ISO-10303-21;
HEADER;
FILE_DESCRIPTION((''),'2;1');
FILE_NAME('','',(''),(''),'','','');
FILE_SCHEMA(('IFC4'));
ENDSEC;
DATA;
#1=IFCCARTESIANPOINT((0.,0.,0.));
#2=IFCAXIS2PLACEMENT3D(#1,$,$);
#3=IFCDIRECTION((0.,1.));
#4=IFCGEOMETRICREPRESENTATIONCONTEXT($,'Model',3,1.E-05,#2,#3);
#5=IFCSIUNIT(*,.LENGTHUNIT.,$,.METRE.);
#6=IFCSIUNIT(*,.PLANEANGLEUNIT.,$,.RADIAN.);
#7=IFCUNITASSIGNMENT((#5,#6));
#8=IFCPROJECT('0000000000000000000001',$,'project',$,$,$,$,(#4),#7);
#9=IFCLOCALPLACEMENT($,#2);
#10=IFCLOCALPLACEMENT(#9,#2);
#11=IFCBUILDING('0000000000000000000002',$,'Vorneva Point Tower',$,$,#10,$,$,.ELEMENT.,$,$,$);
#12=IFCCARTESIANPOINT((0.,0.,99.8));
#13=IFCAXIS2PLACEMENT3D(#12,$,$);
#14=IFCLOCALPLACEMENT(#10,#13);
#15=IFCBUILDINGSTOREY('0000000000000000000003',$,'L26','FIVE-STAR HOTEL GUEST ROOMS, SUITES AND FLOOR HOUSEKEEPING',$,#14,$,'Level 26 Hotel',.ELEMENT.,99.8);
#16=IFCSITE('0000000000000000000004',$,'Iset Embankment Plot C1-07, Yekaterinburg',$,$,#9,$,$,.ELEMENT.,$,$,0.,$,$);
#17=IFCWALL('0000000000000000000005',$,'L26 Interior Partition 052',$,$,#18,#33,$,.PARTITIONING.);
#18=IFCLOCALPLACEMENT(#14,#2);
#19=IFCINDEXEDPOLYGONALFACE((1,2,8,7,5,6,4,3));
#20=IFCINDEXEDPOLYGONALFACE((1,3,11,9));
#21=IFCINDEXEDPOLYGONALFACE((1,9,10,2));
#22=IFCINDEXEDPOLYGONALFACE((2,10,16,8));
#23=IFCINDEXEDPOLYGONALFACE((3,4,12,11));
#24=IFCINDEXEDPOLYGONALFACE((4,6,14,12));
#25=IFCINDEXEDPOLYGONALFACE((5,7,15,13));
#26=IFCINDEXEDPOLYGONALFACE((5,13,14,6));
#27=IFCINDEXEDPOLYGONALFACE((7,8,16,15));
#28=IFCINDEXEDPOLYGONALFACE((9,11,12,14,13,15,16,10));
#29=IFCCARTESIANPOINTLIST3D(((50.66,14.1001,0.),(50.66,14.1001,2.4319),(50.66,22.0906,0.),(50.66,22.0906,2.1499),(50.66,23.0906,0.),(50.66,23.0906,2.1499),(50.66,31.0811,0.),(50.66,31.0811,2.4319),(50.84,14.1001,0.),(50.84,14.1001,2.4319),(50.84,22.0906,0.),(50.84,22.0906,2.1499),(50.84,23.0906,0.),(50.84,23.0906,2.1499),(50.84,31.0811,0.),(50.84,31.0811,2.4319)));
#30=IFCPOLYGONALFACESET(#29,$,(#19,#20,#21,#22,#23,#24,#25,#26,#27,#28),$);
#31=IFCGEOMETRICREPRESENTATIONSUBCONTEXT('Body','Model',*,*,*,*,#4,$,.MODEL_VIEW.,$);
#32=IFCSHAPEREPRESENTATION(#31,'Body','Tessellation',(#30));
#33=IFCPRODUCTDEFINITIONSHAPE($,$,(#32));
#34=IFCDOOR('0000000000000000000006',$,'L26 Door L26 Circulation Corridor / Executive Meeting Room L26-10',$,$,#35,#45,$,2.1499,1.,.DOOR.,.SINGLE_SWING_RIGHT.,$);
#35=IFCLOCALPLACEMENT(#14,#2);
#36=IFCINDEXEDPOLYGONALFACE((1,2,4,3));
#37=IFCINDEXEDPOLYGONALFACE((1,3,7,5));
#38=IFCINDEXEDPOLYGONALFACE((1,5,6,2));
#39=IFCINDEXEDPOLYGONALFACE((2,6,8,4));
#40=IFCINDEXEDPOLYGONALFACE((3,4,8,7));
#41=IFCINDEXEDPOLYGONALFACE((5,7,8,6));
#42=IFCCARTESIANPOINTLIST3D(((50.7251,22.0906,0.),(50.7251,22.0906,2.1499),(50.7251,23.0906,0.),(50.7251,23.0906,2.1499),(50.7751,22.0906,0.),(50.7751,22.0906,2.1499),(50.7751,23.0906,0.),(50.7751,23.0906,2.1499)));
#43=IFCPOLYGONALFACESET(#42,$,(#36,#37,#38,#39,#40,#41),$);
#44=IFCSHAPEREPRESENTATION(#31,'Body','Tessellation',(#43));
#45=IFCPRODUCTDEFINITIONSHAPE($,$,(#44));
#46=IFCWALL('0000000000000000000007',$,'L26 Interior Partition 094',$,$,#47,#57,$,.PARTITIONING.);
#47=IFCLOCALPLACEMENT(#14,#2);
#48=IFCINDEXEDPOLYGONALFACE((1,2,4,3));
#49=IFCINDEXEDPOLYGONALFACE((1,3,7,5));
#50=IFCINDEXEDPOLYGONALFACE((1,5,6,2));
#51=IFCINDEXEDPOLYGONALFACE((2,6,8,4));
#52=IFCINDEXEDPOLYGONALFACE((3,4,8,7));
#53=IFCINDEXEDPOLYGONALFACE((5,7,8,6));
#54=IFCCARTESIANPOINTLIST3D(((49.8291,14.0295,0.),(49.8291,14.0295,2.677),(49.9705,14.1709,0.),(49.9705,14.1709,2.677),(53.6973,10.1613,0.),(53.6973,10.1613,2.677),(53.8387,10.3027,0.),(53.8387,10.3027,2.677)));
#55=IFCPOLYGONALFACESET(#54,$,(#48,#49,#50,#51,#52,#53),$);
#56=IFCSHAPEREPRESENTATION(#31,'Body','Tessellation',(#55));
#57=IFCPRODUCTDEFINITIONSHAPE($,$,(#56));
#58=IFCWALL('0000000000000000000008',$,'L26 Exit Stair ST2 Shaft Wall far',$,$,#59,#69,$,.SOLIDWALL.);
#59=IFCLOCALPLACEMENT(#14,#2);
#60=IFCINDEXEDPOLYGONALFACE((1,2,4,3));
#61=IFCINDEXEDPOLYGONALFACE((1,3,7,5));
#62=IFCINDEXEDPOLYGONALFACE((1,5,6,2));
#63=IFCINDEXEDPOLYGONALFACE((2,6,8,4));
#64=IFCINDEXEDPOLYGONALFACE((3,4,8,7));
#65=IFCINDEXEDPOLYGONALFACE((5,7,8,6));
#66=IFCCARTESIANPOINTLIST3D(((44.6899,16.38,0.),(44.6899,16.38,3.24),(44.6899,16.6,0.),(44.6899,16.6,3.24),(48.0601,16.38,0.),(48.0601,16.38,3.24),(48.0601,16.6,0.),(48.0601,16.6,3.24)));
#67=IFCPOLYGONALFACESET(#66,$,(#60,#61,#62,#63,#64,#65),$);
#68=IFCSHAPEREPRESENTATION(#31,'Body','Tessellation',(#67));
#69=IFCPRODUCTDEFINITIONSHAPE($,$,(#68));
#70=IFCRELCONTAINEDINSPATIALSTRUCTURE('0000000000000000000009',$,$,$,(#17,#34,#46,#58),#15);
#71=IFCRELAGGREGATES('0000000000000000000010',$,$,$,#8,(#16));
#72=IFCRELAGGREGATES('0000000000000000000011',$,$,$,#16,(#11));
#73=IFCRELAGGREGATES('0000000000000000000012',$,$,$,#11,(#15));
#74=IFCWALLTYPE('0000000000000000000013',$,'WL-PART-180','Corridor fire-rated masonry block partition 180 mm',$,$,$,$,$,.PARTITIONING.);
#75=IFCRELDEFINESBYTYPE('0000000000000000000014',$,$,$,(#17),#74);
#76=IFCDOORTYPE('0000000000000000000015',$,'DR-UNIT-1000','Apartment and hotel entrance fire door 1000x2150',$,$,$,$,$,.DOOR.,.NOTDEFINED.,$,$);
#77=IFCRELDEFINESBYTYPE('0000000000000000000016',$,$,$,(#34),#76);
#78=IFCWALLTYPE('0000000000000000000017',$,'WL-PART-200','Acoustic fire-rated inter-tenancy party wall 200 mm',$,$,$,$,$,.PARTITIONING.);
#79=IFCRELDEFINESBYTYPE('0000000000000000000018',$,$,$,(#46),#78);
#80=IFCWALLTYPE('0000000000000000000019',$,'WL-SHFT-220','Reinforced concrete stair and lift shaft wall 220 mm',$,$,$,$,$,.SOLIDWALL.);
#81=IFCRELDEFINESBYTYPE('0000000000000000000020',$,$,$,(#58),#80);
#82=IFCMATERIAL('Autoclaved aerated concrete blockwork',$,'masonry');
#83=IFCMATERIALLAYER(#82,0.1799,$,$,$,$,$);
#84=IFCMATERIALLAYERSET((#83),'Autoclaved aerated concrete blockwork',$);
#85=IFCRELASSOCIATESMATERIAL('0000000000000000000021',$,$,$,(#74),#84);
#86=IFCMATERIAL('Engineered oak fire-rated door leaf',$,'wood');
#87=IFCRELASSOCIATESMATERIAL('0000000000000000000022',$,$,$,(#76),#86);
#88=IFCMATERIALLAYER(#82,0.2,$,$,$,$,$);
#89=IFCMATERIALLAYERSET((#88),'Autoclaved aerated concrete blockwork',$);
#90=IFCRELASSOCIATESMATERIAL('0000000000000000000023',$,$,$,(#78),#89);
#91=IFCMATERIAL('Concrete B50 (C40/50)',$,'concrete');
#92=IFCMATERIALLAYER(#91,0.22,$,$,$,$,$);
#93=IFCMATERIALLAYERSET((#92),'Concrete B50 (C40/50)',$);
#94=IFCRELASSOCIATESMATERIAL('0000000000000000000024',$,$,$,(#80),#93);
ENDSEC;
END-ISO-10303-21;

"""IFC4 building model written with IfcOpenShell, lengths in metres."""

from ifc_helpers import new_model, si_unit, direction, frame, frame_2d, origin, place, context, subcontext, project, spatial, rectangle, extrude, material, layer, layer_set, type_object, element, fill, save


model = new_model("IFC4")

# Units and contexts
model_context = context("Model", 3, precision=1e-05, world=origin(), true_north=direction((0.0, 1.0)))
body_context = subcontext(model_context, "Body", "Model", "MODEL_VIEW")
ifc_project = project(units=[si_unit("LENGTHUNIT", "METRE"), si_unit("PLANEANGLEUNIT", "RADIAN")], contexts=[model_context])

# Site, building, storey
site_placement = place(None, origin())
site = spatial("IfcSite", under=ifc_project, at=site_placement, Name="Iset Embankment Plot C1-07, Yekaterinburg", CompositionType="ELEMENT", RefElevation=0.0)
building_placement = place(site_placement, origin())
building = spatial("IfcBuilding", under=site, at=building_placement, Name="Vorneva Point Tower", CompositionType="ELEMENT")
storey_placement = place(building_placement, frame((0.0, 0.0, 99.8)))
storey = spatial("IfcBuildingStorey", under=building, at=storey_placement, Name="L26", Description="FIVE-STAR HOTEL GUEST ROOMS, SUITES AND FLOOR HOUSEKEEPING", LongName="Level 26 Hotel", CompositionType="ELEMENT", Elevation=99.8)

# Shared definitions
ifc_material_1 = material(Name="Autoclaved aerated concrete blockwork", Category="masonry")
ifc_layer_1 = layer(ifc_material_1, 0.1799)
ifc_layer_set_1 = layer_set([ifc_layer_1], Name="Autoclaved aerated concrete blockwork")
wall_type_1 = type_object("IfcWallType", Name="WL-PART-180", Description="Corridor fire-rated masonry block partition 180 mm", PredefinedType="PARTITIONING", material=ifc_layer_set_1)

# Wall, opening, door
wall_1_placement = place(storey_placement, frame((50.75, 14.1001, 0.0), z_axis=(0.0, 0.0, 1.0), x_axis=(0.0, 1.0, 0.0)))
wall_1 = element("IfcWall", 1, at=wall_1_placement, inside=storey, type_object=wall_type_1, Name="L26 Interior Partition 052", PredefinedType="PARTITIONING", context=body_context, shape_type="SweptSolid", body=[
    extrude(rectangle(XDim=16.981, YDim=0.1799, at=frame_2d((8.4905, 0.0))), origin(), (0.0, 0.0, 1.0), 2.4319),
])
opening_placement = place(wall_1_placement, frame((7.9905, 0.0, 0.0)))
opening = element("IfcOpeningElement", 2, at=opening_placement, cuts=wall_1, PredefinedType="OPENING", context=body_context, shape_type="SweptSolid", body=[
    extrude(rectangle(XDim=1.0, YDim=2.1499, at=frame_2d((0.5, 1.075))), frame((0.0, 0.105, 0.0), z_axis=(0.0, -1.0, 0.0), x_axis=(1.0, 0.0, 0.0)), (0.0, 0.0, 1.0), 0.2097),
])
ifc_material_2 = material(Name="Engineered oak fire-rated door leaf", Category="wood")
door_type = type_object("IfcDoorType", Name="DR-UNIT-1000", Description="Apartment and hotel entrance fire door 1000x2150", OperationType="NOTDEFINED", PredefinedType="DOOR", material=ifc_material_2)
door_placement = place(opening_placement, origin())
door = element("IfcDoor", 3, at=door_placement, inside=storey, type_object=door_type, Name="L26 Door L26 Circulation Corridor / Executive Meeting Room L26-10", OperationType="SINGLE_SWING_RIGHT", OverallHeight=2.1499, OverallWidth=1.0, PredefinedType="DOOR", context=body_context, shape_type="SweptSolid", body=[
    extrude(rectangle(XDim=1.0, YDim=2.1499, at=frame_2d((0.5, 1.075))), frame((0.0, 0.0249, 0.0), z_axis=(0.0, -1.0, 0.0), x_axis=(1.0, 0.0, 0.0)), (0.0, 0.0, 1.0), 0.05),
])
fill(opening, door)

# Walls
ifc_layer_2 = layer(ifc_material_1, 0.2)
ifc_layer_set_2 = layer_set([ifc_layer_2], Name="Autoclaved aerated concrete blockwork")
wall_type_2 = type_object("IfcWallType", Name="WL-PART-200", Description="Acoustic fire-rated inter-tenancy party wall 200 mm", PredefinedType="PARTITIONING", material=ifc_layer_set_2)
wall_2_placement = place(storey_placement, frame((53.7681, 10.2319, 0.0), z_axis=(0.0, 0.0, 1.0), x_axis=(-0.707107, 0.707107, 0.0)))
element("IfcWall", 4, at=wall_2_placement, inside=storey, type_object=wall_type_2, Name="L26 Interior Partition 094", PredefinedType="PARTITIONING", context=body_context, shape_type="SweptSolid", body=[
    extrude(rectangle(XDim=5.4705, YDim=0.2, at=frame_2d((2.7354, 0.0))), origin(), (0.0, 0.0, 1.0), 2.677),
])
ifc_material_3 = material(Name="Concrete B50 (C40/50)", Category="concrete")
ifc_layer_3 = layer(ifc_material_3, 0.22)
ifc_layer_set_3 = layer_set([ifc_layer_3], Name="Concrete B50 (C40/50)")
wall_type_3 = type_object("IfcWallType", Name="WL-SHFT-220", Description="Reinforced concrete stair and lift shaft wall 220 mm", PredefinedType="SOLIDWALL", material=ifc_layer_set_3)
wall_3_placement = place(storey_placement, frame((48.0601, 16.49, 0.0), z_axis=(0.0, 0.0, 1.0), x_axis=(-1.0, 0.0, 0.0)))
element("IfcWall", 5, at=wall_3_placement, inside=storey, type_object=wall_type_3, Name="L26 Exit Stair ST2 Shaft Wall far", PredefinedType="SOLIDWALL", context=body_context, shape_type="SweptSolid", body=[
    extrude(rectangle(XDim=3.3701, YDim=0.22, at=frame_2d((1.6851, 0.0))), origin(), (0.0, 0.0, 1.0), 3.24),
])

save(model, "model.ifc")
